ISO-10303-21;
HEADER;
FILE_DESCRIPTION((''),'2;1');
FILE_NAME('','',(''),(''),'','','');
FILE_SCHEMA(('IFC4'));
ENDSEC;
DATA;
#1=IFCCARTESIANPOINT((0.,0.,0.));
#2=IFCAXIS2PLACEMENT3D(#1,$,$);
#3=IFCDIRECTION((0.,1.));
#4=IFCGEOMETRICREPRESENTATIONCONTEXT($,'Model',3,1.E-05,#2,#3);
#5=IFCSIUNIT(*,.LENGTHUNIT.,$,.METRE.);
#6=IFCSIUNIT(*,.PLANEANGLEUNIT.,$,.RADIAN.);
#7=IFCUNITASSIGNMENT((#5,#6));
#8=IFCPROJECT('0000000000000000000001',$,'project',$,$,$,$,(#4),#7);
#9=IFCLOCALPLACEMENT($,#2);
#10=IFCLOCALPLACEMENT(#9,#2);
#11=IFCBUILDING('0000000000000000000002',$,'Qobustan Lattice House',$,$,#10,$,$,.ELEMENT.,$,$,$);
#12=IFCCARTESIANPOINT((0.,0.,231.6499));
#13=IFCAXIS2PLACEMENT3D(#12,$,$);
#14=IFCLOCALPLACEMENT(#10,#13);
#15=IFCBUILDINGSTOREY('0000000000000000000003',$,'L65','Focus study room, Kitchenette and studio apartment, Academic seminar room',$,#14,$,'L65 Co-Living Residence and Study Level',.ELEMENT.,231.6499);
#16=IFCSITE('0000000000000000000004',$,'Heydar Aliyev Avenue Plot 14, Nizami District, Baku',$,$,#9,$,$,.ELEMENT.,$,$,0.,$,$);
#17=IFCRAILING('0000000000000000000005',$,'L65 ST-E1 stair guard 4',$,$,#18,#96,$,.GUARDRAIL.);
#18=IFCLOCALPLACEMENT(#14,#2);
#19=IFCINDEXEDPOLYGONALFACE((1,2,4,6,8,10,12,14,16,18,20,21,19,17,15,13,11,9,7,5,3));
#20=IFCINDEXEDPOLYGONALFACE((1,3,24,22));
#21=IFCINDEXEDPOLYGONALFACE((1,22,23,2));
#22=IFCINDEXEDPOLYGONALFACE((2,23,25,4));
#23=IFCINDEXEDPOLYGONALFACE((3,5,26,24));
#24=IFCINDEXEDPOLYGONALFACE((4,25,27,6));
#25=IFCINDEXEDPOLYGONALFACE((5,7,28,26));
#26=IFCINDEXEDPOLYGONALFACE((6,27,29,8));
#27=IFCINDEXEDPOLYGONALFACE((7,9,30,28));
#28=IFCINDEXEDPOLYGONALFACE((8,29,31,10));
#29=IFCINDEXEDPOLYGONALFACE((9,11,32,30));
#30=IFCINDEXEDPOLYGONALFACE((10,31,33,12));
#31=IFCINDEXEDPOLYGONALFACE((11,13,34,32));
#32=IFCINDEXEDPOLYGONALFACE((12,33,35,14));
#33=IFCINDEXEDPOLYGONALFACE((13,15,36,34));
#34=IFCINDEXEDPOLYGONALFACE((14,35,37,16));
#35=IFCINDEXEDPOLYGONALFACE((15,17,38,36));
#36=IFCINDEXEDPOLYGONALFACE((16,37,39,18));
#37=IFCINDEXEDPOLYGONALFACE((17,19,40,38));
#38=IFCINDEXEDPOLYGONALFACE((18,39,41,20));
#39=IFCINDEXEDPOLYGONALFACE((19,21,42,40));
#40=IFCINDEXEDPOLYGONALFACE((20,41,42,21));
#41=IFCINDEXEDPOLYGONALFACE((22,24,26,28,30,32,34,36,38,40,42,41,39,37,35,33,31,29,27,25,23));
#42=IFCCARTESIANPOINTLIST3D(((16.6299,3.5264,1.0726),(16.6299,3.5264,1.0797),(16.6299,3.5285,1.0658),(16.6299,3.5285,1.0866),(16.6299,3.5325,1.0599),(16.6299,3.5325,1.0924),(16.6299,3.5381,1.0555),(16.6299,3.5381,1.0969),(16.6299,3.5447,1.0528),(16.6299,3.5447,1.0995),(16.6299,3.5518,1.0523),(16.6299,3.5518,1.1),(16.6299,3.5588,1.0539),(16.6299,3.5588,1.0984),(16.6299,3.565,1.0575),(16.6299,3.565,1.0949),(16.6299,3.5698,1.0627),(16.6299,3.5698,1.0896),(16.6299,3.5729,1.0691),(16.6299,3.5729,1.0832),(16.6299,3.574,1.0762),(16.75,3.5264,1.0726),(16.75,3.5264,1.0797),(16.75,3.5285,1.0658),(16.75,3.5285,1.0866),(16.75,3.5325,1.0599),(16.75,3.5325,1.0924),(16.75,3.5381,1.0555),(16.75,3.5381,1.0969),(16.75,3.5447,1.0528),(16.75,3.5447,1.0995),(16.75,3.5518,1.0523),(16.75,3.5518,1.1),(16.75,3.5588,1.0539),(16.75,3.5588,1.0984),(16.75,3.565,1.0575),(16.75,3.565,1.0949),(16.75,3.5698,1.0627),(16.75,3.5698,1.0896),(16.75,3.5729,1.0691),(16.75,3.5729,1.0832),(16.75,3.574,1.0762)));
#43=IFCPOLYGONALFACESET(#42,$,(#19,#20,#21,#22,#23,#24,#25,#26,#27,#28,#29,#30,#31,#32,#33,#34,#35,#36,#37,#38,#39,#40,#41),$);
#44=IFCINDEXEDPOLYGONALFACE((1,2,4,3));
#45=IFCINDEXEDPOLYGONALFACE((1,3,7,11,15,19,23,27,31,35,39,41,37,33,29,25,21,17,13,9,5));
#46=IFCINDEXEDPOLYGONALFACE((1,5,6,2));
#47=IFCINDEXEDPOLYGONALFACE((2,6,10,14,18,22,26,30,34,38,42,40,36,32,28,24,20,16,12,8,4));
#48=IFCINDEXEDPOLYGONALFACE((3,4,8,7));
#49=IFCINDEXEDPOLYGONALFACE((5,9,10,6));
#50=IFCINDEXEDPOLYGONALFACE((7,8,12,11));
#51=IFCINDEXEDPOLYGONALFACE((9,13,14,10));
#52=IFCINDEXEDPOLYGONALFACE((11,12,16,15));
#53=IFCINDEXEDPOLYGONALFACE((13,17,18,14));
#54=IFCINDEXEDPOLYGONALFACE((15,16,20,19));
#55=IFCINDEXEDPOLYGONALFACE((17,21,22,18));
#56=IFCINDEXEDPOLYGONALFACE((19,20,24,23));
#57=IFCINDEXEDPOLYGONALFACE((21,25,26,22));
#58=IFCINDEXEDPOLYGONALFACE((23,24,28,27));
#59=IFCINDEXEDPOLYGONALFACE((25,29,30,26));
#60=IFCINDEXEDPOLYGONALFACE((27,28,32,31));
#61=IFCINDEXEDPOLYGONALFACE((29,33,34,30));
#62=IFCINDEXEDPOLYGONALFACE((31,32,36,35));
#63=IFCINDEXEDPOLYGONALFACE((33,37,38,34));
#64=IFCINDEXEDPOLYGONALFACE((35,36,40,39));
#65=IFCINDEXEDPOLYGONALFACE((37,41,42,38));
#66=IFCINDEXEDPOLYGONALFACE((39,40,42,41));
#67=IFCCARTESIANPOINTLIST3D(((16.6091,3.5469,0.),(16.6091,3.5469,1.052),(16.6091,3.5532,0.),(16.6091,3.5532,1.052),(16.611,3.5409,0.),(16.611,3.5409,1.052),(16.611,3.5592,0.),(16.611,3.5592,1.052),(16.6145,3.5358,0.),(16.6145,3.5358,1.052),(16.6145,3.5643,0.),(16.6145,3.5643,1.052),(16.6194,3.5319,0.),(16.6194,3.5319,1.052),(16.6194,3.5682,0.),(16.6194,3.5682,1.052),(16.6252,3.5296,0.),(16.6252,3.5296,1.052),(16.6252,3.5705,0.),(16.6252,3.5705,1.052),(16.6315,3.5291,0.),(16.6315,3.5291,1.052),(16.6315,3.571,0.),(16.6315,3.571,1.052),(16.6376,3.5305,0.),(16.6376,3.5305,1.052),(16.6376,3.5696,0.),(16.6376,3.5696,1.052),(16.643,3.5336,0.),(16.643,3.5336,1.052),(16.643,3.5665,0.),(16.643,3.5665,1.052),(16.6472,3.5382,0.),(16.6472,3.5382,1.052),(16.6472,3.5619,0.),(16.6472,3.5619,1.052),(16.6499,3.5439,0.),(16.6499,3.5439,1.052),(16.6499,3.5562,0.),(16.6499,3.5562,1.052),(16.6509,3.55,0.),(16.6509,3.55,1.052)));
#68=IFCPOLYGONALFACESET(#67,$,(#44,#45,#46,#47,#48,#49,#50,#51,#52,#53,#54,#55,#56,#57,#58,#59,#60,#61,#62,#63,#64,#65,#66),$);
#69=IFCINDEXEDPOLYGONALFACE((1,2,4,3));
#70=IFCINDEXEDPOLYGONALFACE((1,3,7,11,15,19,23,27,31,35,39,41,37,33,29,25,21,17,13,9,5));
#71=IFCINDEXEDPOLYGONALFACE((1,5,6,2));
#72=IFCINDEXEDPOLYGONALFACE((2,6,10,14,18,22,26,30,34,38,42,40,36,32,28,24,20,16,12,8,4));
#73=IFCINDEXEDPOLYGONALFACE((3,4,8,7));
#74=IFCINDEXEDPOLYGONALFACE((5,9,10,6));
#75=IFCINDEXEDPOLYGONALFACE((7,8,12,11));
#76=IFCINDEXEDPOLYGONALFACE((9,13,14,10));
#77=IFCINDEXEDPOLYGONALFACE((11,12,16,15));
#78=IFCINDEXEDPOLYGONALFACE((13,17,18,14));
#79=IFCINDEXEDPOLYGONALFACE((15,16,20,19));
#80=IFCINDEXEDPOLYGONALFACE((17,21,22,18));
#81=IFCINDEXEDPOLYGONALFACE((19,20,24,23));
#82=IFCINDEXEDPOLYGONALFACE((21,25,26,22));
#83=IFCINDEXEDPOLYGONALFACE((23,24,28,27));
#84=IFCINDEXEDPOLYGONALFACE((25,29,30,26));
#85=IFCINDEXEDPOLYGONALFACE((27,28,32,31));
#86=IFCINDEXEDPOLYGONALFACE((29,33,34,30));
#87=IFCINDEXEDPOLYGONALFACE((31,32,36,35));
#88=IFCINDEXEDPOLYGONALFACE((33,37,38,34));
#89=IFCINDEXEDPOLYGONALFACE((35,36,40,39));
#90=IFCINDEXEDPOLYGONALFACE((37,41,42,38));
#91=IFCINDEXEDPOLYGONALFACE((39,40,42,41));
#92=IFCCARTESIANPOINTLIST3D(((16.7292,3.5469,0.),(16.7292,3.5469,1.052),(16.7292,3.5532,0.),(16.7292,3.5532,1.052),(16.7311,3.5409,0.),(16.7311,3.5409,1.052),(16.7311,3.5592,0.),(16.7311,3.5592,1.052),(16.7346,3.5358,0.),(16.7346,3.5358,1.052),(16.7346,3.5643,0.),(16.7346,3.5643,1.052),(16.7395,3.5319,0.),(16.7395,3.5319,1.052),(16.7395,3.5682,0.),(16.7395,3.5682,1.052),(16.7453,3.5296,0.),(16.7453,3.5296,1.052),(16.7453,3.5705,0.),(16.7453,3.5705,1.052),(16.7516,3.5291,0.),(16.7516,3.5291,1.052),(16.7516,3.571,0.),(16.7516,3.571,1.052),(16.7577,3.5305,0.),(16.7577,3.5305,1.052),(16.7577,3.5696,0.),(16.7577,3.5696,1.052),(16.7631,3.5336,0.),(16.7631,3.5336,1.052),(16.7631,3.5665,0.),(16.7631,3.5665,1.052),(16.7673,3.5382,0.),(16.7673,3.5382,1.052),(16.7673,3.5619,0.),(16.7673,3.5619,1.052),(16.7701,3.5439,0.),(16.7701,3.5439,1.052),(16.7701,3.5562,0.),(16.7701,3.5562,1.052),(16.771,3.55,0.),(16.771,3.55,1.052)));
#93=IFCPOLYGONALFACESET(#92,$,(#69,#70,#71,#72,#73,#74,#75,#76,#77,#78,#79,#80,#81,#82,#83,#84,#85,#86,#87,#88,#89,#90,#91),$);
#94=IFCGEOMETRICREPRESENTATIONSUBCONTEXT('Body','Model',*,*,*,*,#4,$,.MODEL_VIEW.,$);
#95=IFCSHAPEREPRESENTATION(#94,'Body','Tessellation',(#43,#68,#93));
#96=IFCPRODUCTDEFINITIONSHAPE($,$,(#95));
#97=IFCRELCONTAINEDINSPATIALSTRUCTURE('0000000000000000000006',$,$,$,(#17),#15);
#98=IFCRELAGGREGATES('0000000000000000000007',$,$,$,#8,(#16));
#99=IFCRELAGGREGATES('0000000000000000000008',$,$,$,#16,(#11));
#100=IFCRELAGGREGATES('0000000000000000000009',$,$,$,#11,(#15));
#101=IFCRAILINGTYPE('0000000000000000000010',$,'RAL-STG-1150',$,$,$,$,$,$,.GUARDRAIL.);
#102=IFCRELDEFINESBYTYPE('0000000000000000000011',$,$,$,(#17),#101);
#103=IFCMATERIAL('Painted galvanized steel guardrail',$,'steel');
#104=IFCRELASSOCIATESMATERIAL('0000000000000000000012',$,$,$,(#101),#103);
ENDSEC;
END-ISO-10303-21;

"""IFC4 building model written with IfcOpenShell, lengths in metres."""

from ifc_helpers import new_model, si_unit, direction, frame, origin, origin_2d, place, context, subcontext, project, spatial, circle, extrude, material, type_object, element, save


model = new_model("IFC4")

# Units and contexts
model_context = context("Model", 3, precision=1e-05, world=origin(), true_north=direction((0.0, 1.0)))
body_context = subcontext(model_context, "Body", "Model", "MODEL_VIEW")
ifc_project = project(units=[si_unit("LENGTHUNIT", "METRE"), si_unit("PLANEANGLEUNIT", "RADIAN")], contexts=[model_context])

# Site, building, storey
site_placement = place(None, origin())
site = spatial("IfcSite", under=ifc_project, at=site_placement, Name="Heydar Aliyev Avenue Plot 14, Nizami District, Baku", CompositionType="ELEMENT", RefElevation=0.0)
building_placement = place(site_placement, origin())
building = spatial("IfcBuilding", under=site, at=building_placement, Name="Qobustan Lattice House", CompositionType="ELEMENT")
storey_placement = place(building_placement, frame((0.0, 0.0, 231.6499)))
storey = spatial("IfcBuildingStorey", under=building, at=storey_placement, Name="L65", Description="Focus study room, Kitchenette and studio apartment, Academic seminar room", LongName="L65 Co-Living Residence and Study Level", CompositionType="ELEMENT", Elevation=231.6499)

# Railing
ifc_material_1 = material(Name="Painted galvanized steel guardrail", Category="steel")
railing_type_1 = type_object("IfcRailingType", Name="RAL-STG-1150", PredefinedType="GUARDRAIL", material=ifc_material_1)
railing_1_placement = place(storey_placement, frame((16.6299, 3.55, 0.0)))
element("IfcRailing", 1, at=railing_1_placement, inside=storey, type_object=railing_type_1, Name="L65 ST-E1 stair guard 4", PredefinedType="GUARDRAIL", context=body_context, shape_type="SweptSolid", body=[
    extrude(circle(Radius=0.0239, at=origin_2d()), frame((0.0, 0.0, 1.0762), z_axis=(1.0, 0.0, 0.0), x_axis=(0.0, 1.0, 0.0)), (0.0, 0.0, 1.0), 0.1201),
    extrude(circle(Radius=0.021, at=origin_2d()), origin(), (0.0, 0.0, 1.0), 1.052),
    extrude(circle(Radius=0.021, at=origin_2d()), frame((0.1201, 0.0, 0.0)), (0.0, 0.0, 1.0), 1.052),
])

save(model, "model.ifc")
